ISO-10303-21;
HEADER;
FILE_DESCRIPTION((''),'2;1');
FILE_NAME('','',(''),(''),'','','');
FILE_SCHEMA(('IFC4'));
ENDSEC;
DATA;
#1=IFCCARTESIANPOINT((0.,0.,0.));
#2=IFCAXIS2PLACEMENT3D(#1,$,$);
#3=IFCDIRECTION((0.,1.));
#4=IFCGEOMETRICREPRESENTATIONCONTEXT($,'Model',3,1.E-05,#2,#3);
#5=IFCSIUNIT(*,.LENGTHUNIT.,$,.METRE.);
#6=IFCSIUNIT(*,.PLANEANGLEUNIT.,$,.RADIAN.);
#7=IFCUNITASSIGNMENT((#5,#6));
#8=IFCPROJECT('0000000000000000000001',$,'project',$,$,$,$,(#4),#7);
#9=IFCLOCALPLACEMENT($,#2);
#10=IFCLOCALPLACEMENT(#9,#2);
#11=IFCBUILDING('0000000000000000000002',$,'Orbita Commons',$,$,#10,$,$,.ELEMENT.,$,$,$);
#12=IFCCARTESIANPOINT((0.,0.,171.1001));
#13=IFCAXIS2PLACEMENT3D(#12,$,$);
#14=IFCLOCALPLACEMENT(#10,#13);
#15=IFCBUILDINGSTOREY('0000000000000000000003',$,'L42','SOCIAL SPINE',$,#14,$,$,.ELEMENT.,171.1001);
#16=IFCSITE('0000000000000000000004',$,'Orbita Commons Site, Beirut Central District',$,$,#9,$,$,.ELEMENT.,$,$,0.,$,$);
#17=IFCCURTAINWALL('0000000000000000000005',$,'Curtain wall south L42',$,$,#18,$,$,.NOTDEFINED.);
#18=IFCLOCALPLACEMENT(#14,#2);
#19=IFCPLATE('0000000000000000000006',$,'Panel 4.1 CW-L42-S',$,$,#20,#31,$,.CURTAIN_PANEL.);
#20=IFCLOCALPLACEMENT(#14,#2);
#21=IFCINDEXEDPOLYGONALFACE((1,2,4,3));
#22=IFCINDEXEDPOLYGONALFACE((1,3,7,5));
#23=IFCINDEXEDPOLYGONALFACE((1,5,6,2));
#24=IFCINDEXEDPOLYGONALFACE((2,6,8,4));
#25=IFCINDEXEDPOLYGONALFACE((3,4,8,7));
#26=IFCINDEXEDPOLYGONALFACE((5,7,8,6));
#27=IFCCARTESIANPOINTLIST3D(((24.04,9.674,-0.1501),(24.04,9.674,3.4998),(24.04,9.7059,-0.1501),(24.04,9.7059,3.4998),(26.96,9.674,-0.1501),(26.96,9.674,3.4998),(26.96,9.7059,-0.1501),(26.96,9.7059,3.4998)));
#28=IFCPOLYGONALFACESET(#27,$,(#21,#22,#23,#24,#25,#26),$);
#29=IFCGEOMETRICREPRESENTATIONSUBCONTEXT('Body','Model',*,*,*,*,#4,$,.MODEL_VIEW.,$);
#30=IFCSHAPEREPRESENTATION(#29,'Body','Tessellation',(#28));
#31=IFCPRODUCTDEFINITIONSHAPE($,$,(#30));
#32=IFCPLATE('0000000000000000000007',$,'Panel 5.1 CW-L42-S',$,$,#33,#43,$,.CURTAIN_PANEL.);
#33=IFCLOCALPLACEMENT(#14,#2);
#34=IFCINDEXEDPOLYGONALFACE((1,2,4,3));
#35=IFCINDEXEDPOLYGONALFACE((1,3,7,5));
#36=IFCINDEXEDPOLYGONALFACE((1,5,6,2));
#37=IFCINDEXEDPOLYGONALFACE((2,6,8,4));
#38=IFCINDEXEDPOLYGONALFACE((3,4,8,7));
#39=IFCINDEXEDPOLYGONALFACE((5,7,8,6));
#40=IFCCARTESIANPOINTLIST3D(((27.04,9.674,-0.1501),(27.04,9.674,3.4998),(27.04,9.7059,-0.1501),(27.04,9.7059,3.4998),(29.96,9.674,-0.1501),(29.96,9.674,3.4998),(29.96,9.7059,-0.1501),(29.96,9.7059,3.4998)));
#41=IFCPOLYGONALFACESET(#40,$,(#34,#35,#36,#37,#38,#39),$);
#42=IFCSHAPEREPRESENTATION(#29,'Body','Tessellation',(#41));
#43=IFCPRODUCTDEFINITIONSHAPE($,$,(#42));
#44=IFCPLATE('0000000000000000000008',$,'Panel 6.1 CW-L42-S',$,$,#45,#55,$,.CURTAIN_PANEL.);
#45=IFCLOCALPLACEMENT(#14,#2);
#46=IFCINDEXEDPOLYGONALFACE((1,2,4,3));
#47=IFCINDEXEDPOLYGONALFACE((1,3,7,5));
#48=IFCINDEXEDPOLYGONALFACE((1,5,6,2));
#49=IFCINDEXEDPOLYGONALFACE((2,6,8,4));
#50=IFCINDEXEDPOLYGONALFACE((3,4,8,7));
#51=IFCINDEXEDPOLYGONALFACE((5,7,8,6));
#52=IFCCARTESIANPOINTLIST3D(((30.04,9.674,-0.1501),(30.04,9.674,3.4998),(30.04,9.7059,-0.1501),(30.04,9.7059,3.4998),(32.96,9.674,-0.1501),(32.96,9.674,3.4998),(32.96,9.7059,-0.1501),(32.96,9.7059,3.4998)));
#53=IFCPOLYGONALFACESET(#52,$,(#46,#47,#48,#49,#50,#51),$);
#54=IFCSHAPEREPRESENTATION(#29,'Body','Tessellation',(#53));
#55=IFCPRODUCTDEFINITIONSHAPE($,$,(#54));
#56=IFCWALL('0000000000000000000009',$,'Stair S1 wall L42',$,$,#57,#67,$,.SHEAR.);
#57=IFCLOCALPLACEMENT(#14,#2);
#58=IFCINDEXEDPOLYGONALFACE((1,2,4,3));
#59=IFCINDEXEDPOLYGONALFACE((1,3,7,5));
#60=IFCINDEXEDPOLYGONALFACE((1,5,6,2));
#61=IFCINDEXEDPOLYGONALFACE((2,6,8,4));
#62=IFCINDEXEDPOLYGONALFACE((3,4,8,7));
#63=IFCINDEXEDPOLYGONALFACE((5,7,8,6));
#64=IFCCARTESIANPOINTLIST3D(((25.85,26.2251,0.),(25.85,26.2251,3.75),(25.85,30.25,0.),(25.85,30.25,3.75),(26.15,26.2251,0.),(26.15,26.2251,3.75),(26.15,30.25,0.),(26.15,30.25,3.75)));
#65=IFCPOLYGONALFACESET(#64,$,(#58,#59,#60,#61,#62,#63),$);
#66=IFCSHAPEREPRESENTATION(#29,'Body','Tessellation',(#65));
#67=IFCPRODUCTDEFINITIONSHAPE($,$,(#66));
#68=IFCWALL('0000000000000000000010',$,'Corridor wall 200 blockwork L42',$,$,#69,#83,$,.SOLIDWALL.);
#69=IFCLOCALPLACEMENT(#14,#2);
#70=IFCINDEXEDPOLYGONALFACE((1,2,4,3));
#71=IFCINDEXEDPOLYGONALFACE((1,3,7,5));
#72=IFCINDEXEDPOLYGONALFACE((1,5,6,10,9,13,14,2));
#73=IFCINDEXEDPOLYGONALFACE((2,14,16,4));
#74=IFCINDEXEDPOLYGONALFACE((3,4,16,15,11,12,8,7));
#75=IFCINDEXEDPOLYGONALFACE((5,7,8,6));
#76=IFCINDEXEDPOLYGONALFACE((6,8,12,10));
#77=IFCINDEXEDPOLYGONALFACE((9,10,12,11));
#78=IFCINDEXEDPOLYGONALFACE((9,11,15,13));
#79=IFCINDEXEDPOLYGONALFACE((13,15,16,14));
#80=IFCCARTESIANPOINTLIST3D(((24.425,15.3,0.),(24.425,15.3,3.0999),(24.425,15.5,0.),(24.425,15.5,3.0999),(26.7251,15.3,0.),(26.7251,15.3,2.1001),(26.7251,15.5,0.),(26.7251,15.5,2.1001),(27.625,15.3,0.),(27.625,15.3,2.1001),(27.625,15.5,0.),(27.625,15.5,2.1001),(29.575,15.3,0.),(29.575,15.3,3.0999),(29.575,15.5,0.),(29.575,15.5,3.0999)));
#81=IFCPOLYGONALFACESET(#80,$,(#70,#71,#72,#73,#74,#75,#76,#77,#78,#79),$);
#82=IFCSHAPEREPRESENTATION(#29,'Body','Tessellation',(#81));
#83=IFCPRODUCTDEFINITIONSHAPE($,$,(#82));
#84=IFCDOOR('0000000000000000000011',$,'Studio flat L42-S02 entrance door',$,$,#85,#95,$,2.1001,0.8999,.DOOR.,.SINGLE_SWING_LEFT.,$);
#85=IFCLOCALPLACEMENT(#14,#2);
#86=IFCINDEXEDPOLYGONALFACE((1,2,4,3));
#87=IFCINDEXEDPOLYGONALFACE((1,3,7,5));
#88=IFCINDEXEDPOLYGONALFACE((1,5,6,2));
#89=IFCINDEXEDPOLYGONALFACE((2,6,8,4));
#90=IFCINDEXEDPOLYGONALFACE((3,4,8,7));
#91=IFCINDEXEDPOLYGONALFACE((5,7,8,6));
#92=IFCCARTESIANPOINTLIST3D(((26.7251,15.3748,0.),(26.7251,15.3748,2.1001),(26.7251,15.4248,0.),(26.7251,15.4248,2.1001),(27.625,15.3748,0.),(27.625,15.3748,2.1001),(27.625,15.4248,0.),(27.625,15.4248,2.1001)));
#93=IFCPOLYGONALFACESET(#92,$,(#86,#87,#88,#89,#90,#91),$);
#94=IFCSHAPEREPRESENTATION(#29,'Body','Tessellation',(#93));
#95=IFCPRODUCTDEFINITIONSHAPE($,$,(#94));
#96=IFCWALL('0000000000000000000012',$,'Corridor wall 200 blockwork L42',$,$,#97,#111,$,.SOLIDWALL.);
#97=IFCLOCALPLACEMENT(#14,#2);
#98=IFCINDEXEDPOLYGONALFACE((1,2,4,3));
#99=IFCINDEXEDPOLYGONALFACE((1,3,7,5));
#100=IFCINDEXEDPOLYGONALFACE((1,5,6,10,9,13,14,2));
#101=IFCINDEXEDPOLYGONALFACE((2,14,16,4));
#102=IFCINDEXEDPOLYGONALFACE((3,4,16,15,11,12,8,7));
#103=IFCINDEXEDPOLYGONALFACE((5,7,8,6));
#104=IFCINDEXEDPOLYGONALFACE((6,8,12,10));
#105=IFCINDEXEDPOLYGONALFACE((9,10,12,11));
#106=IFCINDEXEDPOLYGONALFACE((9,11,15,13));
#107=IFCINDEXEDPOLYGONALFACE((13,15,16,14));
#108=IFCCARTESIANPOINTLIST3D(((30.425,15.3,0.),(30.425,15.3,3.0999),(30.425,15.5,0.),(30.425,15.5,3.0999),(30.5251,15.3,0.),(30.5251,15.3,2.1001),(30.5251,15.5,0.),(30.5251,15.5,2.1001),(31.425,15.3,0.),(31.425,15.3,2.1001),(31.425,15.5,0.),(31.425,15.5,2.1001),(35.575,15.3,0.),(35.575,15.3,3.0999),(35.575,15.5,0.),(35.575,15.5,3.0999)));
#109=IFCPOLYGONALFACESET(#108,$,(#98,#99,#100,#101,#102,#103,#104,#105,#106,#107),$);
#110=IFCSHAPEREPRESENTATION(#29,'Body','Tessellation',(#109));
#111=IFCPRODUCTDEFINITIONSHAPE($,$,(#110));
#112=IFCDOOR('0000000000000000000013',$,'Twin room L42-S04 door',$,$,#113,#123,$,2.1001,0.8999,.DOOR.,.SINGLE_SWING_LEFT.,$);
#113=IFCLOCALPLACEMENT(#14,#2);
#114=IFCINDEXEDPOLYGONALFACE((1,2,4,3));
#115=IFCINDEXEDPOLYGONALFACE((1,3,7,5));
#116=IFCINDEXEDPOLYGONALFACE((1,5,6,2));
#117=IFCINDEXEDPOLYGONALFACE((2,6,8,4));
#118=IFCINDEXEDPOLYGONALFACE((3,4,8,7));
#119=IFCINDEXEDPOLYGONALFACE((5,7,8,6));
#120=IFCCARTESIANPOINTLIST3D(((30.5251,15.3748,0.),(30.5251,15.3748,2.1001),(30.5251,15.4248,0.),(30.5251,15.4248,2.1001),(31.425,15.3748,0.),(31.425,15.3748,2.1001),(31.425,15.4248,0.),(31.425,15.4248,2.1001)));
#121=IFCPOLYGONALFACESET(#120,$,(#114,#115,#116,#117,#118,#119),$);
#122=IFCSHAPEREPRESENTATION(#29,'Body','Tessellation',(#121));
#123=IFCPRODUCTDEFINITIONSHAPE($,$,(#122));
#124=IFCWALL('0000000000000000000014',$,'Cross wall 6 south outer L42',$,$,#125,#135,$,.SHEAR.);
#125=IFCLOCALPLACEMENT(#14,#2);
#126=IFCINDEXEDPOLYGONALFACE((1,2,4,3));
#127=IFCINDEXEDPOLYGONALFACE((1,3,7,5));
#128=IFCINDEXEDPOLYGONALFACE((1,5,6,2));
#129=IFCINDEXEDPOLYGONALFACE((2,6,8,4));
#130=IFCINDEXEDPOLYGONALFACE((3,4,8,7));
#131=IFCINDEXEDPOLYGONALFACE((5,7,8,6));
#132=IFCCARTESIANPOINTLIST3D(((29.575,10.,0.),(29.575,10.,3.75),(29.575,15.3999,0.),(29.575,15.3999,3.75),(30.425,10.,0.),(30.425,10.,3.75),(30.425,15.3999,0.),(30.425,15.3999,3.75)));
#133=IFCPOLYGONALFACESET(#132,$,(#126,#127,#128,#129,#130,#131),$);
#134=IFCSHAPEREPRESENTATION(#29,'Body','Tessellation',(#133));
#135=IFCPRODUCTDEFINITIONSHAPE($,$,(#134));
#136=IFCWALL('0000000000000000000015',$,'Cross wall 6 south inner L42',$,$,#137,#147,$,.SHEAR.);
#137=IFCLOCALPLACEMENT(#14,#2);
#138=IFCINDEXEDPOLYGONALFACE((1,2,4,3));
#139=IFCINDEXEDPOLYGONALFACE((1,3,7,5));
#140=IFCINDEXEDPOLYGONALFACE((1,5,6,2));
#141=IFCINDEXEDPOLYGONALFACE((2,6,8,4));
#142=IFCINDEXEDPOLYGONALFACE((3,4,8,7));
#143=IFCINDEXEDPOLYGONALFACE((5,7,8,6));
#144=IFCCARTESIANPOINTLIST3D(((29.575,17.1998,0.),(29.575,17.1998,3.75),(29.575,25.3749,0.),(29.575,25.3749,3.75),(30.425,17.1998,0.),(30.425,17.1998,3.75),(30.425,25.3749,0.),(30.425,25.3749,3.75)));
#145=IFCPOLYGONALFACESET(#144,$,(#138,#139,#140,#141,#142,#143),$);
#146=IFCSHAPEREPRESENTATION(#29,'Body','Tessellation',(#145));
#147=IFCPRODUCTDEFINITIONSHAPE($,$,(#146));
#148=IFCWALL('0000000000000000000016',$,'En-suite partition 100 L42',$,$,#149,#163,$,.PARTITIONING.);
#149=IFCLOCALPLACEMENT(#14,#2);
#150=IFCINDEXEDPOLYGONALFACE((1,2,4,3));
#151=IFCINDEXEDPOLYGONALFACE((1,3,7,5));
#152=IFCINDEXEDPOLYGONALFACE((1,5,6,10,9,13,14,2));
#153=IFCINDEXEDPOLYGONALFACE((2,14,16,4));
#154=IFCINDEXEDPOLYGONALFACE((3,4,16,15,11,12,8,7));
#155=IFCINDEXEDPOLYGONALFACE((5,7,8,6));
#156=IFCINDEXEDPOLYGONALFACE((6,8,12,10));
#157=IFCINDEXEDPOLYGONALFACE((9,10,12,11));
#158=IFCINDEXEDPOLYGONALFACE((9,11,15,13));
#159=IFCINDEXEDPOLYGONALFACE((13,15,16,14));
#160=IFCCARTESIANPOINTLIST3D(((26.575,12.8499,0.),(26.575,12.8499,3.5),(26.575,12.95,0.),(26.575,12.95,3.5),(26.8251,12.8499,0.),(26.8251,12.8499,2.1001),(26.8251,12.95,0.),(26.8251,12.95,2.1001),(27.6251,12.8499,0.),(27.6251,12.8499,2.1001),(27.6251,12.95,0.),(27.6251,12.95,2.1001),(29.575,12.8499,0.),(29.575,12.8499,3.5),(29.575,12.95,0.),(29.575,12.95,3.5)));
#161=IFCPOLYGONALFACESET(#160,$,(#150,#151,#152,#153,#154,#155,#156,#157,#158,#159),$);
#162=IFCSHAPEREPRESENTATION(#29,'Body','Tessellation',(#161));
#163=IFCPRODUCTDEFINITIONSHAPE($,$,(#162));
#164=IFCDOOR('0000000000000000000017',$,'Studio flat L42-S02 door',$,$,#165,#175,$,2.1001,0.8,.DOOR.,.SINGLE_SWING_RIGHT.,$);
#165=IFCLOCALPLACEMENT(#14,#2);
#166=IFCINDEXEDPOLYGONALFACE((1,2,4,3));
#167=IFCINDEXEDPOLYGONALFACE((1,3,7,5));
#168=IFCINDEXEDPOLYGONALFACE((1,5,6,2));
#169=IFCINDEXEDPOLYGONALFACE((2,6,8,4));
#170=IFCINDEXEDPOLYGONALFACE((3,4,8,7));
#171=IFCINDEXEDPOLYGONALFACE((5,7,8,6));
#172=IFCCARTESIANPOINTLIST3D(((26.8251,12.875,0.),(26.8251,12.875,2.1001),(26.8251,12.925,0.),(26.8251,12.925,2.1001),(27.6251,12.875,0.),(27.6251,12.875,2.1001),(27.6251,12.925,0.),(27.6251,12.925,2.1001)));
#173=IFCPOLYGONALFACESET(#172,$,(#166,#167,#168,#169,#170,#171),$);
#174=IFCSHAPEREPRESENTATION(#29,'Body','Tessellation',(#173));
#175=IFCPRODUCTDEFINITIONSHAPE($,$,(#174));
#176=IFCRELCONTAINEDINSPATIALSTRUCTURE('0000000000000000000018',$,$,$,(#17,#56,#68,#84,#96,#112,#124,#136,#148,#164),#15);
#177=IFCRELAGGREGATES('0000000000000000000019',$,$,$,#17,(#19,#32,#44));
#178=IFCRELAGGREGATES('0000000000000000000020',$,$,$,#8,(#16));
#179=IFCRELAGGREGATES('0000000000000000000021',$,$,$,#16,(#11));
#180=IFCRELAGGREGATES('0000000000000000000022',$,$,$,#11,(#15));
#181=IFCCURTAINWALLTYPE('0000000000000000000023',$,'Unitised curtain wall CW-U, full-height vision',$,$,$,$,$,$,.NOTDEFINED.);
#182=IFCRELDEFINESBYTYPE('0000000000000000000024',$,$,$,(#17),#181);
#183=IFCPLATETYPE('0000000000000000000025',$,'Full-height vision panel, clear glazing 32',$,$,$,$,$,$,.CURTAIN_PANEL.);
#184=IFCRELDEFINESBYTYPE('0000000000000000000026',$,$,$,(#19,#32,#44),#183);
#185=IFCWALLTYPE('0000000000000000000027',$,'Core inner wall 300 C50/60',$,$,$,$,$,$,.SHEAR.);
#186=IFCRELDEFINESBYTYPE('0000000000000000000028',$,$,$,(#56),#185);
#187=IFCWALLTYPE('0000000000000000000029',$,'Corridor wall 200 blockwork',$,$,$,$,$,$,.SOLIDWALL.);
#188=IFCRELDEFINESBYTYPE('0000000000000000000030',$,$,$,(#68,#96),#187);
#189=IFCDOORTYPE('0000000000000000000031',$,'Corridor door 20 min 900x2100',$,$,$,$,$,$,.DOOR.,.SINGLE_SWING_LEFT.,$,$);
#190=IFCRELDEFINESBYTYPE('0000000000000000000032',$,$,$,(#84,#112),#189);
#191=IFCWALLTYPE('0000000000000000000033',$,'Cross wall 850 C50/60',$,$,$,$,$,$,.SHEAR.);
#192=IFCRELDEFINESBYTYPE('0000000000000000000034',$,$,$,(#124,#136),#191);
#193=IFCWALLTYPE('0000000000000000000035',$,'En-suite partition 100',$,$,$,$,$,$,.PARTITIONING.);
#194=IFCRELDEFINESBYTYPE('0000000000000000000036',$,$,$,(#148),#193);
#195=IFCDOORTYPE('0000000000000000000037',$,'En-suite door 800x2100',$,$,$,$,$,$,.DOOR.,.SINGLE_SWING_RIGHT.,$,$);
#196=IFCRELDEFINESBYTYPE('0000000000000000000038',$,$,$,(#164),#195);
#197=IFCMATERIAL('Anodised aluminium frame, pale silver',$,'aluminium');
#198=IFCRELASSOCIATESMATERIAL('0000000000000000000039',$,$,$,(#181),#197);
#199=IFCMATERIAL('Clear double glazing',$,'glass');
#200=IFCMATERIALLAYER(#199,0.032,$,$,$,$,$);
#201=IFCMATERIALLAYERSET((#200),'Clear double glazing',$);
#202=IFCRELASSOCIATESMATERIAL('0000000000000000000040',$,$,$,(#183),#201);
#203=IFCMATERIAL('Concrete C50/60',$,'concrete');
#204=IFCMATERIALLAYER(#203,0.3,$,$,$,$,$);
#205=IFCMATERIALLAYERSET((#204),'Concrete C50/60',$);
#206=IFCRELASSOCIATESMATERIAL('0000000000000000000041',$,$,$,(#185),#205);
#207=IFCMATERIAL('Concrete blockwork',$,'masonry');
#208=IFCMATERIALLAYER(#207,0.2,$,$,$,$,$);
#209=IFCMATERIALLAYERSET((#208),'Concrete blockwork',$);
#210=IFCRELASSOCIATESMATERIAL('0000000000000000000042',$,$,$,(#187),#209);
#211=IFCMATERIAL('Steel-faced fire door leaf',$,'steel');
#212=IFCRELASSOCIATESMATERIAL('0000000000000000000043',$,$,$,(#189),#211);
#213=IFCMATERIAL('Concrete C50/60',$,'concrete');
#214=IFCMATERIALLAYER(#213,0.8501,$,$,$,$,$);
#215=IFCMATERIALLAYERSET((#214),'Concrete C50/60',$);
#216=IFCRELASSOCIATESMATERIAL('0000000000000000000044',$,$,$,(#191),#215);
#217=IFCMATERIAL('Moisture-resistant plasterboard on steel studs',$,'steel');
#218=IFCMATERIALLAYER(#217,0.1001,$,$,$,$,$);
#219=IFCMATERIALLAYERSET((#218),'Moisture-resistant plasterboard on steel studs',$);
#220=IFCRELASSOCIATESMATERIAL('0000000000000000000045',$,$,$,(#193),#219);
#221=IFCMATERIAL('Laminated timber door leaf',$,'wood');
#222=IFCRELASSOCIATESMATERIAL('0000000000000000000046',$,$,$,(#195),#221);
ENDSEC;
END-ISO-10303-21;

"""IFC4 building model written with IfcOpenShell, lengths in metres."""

from ifc_helpers import new_model, si_unit, direction, frame, frame_2d, origin, origin_2d, place, context, subcontext, project, spatial, polyline, rectangle, outline, extrude, material, layer, layer_set, type_object, element, fill, aggregate, save


model = new_model("IFC4")

# Units and contexts
model_context = context("Model", 3, precision=1e-05, world=origin(), true_north=direction((0.0, 1.0)))
body_context = subcontext(model_context, "Body", "Model", "MODEL_VIEW")
ifc_project = project(units=[si_unit("LENGTHUNIT", "METRE"), si_unit("PLANEANGLEUNIT", "RADIAN")], contexts=[model_context])

# Site, building, storey
site_placement = place(None, origin())
site = spatial("IfcSite", under=ifc_project, at=site_placement, Name="Orbita Commons Site, Beirut Central District", CompositionType="ELEMENT", RefElevation=0.0)
building_placement = place(site_placement, origin())
building = spatial("IfcBuilding", under=site, at=building_placement, Name="Orbita Commons", CompositionType="ELEMENT")
storey_placement = place(building_placement, frame((0.0, 0.0, 171.1001)))
storey = spatial("IfcBuildingStorey", under=building, at=storey_placement, Name="L42", Description="SOCIAL SPINE", CompositionType="ELEMENT", Elevation=171.1001)

# Curtain wall
ifc_material_1 = material(Name="Anodised aluminium frame, pale silver", Category="aluminium")
curtain_wall_type = type_object("IfcCurtainWallType", Name="Unitised curtain wall CW-U, full-height vision", PredefinedType="NOTDEFINED", material=ifc_material_1)
curtain_wall_placement = place(storey_placement, origin())
curtain_wall = element("IfcCurtainWall", 1, at=curtain_wall_placement, inside=storey, type_object=curtain_wall_type, Name="Curtain wall south L42", PredefinedType="NOTDEFINED")

# Plates
ifc_material_2 = material(Name="Clear double glazing", Category="glass")
ifc_layer_1 = layer(ifc_material_2, 0.032)
ifc_layer_set_1 = layer_set([ifc_layer_1], Name="Clear double glazing")
plate_type = type_object("IfcPlateType", Name="Full-height vision panel, clear glazing 32", PredefinedType="CURTAIN_PANEL", material=ifc_layer_set_1)
plate_1_placement = place(storey_placement, frame((25.5, 9.6899, -0.1501), z_axis=(0.0, 0.0, 1.0), x_axis=(1.0, 0.0, 0.0)))
plate_1 = element("IfcPlate", 2, at=plate_1_placement, type_object=plate_type, Name="Panel 4.1 CW-L42-S", PredefinedType="CURTAIN_PANEL", context=body_context, shape_type="SweptSolid", body=[
    extrude(rectangle(XDim=2.9199, YDim=0.032, at=origin_2d()), origin(), (0.0, 0.0, 1.0), 3.6499),
])
plate_2_placement = place(storey_placement, frame((28.5, 9.6899, -0.1501), z_axis=(0.0, 0.0, 1.0), x_axis=(1.0, 0.0, 0.0)))
plate_2 = element("IfcPlate", 3, at=plate_2_placement, type_object=plate_type, Name="Panel 5.1 CW-L42-S", PredefinedType="CURTAIN_PANEL", context=body_context, shape_type="SweptSolid", body=[
    extrude(rectangle(XDim=2.9199, YDim=0.032, at=origin_2d()), origin(), (0.0, 0.0, 1.0), 3.6499),
])
plate_3_placement = place(storey_placement, frame((31.5, 9.6899, -0.1501), z_axis=(0.0, 0.0, 1.0), x_axis=(1.0, 0.0, 0.0)))
plate_3 = element("IfcPlate", 4, at=plate_3_placement, type_object=plate_type, Name="Panel 6.1 CW-L42-S", PredefinedType="CURTAIN_PANEL", context=body_context, shape_type="SweptSolid", body=[
    extrude(rectangle(XDim=2.9199, YDim=0.032, at=origin_2d()), origin(), (0.0, 0.0, 1.0), 3.6499),
])
aggregate(curtain_wall, [plate_1, plate_2, plate_3])

# Wall
ifc_material_3 = material(Name="Concrete C50/60", Category="concrete")
ifc_layer_2 = layer(ifc_material_3, 0.3)
ifc_layer_set_2 = layer_set([ifc_layer_2], Name="Concrete C50/60")
wall_type_1 = type_object("IfcWallType", Name="Core inner wall 300 C50/60", PredefinedType="SHEAR", material=ifc_layer_set_2)
wall_1_placement = place(storey_placement, frame((26.0, 26.2251, 0.0), z_axis=(0.0, 0.0, 1.0), x_axis=(0.0, 1.0, 0.0)))
element("IfcWall", 5, at=wall_1_placement, inside=storey, type_object=wall_type_1, Name="Stair S1 wall L42", PredefinedType="SHEAR", context=body_context, shape_type="SweptSolid", body=[
    extrude(rectangle(XDim=4.0249, YDim=0.3, at=frame_2d((2.0125, 0.0))), origin(), (0.0, 0.0, 1.0), 3.75),
])

# Walls, openings, doors
ifc_material_4 = material(Name="Concrete blockwork", Category="masonry")
ifc_layer_3 = layer(ifc_material_4, 0.2)
ifc_layer_set_3 = layer_set([ifc_layer_3], Name="Concrete blockwork")
wall_type_2 = type_object("IfcWallType", Name="Corridor wall 200 blockwork", PredefinedType="SOLIDWALL", material=ifc_layer_set_3)
wall_2_placement = place(storey_placement, frame((24.425, 15.3999, 0.0), z_axis=(0.0, 0.0, 1.0), x_axis=(1.0, 0.0, 0.0)))
wall_2 = element("IfcWall", 6, at=wall_2_placement, inside=storey, type_object=wall_type_2, Name="Corridor wall 200 blockwork L42", PredefinedType="SOLIDWALL", context=body_context, shape_type="SweptSolid", body=[
    extrude(outline(polyline([(0.0, 0.0), (5.1499, 0.0), (5.1499, 3.0999), (0.0, 3.0999), (0.0, 0.0)])), frame((0.0, 0.1001, 0.0), z_axis=(0.0, -1.0, 0.0), x_axis=(1.0, 0.0, 0.0)), (0.0, 0.0, 1.0), 0.2),
])
opening_1_placement = place(wall_2_placement, frame((2.3, 0.0, 0.0)))
opening_1 = element("IfcOpeningElement", 7, at=opening_1_placement, cuts=wall_2, PredefinedType="OPENING", context=body_context, shape_type="SweptSolid", body=[
    extrude(rectangle(XDim=0.8999, YDim=2.1001, at=frame_2d((0.45, 1.05))), frame((0.0, 0.1099, 0.0), z_axis=(0.0, -1.0, 0.0), x_axis=(1.0, 0.0, 0.0)), (0.0, 0.0, 1.0), 0.22),
])
ifc_material_5 = material(Name="Steel-faced fire door leaf", Category="steel")
door_type_1 = type_object("IfcDoorType", Name="Corridor door 20 min 900x2100", OperationType="SINGLE_SWING_LEFT", PredefinedType="DOOR", material=ifc_material_5)
door_1_placement = place(opening_1_placement, origin())
door_1 = element("IfcDoor", 8, at=door_1_placement, inside=storey, type_object=door_type_1, Name="Studio flat L42-S02 entrance door", OperationType="SINGLE_SWING_LEFT", OverallHeight=2.1001, OverallWidth=0.8999, PredefinedType="DOOR", context=body_context, shape_type="SweptSolid", body=[
    extrude(rectangle(XDim=0.8999, YDim=2.1001, at=frame_2d((0.45, 1.05))), frame((0.0, 0.0249, 0.0), z_axis=(0.0, -1.0, 0.0), x_axis=(1.0, 0.0, 0.0)), (0.0, 0.0, 1.0), 0.05),
])
fill(opening_1, door_1)
wall_3_placement = place(storey_placement, frame((30.425, 15.3999, 0.0), z_axis=(0.0, 0.0, 1.0), x_axis=(1.0, 0.0, 0.0)))
wall_3 = element("IfcWall", 9, at=wall_3_placement, inside=storey, type_object=wall_type_2, Name="Corridor wall 200 blockwork L42", PredefinedType="SOLIDWALL", context=body_context, shape_type="SweptSolid", body=[
    extrude(outline(polyline([(0.0, 0.0), (5.1499, 0.0), (5.1499, 3.0999), (0.0, 3.0999), (0.0, 0.0)])), frame((0.0, 0.1001, 0.0), z_axis=(0.0, -1.0, 0.0), x_axis=(1.0, 0.0, 0.0)), (0.0, 0.0, 1.0), 0.2),
])
opening_2_placement = place(wall_3_placement, frame((0.1001, 0.0, 0.0)))
opening_2 = element("IfcOpeningElement", 10, at=opening_2_placement, cuts=wall_3, PredefinedType="OPENING", context=body_context, shape_type="SweptSolid", body=[
    extrude(rectangle(XDim=0.8999, YDim=2.1001, at=frame_2d((0.45, 1.05))), frame((0.0, 0.1099, 0.0), z_axis=(0.0, -1.0, 0.0), x_axis=(1.0, 0.0, 0.0)), (0.0, 0.0, 1.0), 0.22),
])
door_2_placement = place(opening_2_placement, origin())
door_2 = element("IfcDoor", 11, at=door_2_placement, inside=storey, type_object=door_type_1, Name="Twin room L42-S04 door", OperationType="SINGLE_SWING_LEFT", OverallHeight=2.1001, OverallWidth=0.8999, PredefinedType="DOOR", context=body_context, shape_type="SweptSolid", body=[
    extrude(rectangle(XDim=0.8999, YDim=2.1001, at=frame_2d((0.45, 1.05))), frame((0.0, 0.0249, 0.0), z_axis=(0.0, -1.0, 0.0), x_axis=(1.0, 0.0, 0.0)), (0.0, 0.0, 1.0), 0.05),
])
fill(opening_2, door_2)

# Walls
ifc_material_6 = material(Name="Concrete C50/60", Category="concrete")
ifc_layer_4 = layer(ifc_material_6, 0.8501)
ifc_layer_set_4 = layer_set([ifc_layer_4], Name="Concrete C50/60")
wall_type_3 = type_object("IfcWallType", Name="Cross wall 850 C50/60", PredefinedType="SHEAR", material=ifc_layer_set_4)
wall_4_placement = place(storey_placement, frame((30.0, 10.0, 0.0), z_axis=(0.0, 0.0, 1.0), x_axis=(0.0, 1.0, 0.0)))
element("IfcWall", 12, at=wall_4_placement, inside=storey, type_object=wall_type_3, Name="Cross wall 6 south outer L42", PredefinedType="SHEAR", context=body_context, shape_type="SweptSolid", body=[
    extrude(rectangle(XDim=5.3999, YDim=0.8501, at=frame_2d((2.7, 0.0))), origin(), (0.0, 0.0, 1.0), 3.75),
])
wall_5_placement = place(storey_placement, frame((30.0, 17.2, 0.0), z_axis=(0.0, 0.0, 1.0), x_axis=(0.0, 1.0, 0.0)))
element("IfcWall", 13, at=wall_5_placement, inside=storey, type_object=wall_type_3, Name="Cross wall 6 south inner L42", PredefinedType="SHEAR", context=body_context, shape_type="SweptSolid", body=[
    extrude(rectangle(XDim=8.175, YDim=0.8501, at=frame_2d((4.0874, 0.0))), origin(), (0.0, 0.0, 1.0), 3.75),
])

# Wall, opening, door
ifc_material_7 = material(Name="Moisture-resistant plasterboard on steel studs", Category="steel")
ifc_layer_5 = layer(ifc_material_7, 0.1001)
ifc_layer_set_5 = layer_set([ifc_layer_5], Name="Moisture-resistant plasterboard on steel studs")
wall_type_4 = type_object("IfcWallType", Name="En-suite partition 100", PredefinedType="PARTITIONING", material=ifc_layer_set_5)
wall_6_placement = place(storey_placement, frame((29.575, 12.8999, 0.0), z_axis=(0.0, 0.0, 1.0), x_axis=(-1.0, 0.0, 0.0)))
wall_6 = element("IfcWall", 14, at=wall_6_placement, inside=storey, type_object=wall_type_4, Name="En-suite partition 100 L42", PredefinedType="PARTITIONING", context=body_context, shape_type="SweptSolid", body=[
    extrude(rectangle(XDim=3.0, YDim=0.1001, at=frame_2d((1.5, 0.0))), origin(), (0.0, 0.0, 1.0), 3.5),
])
opening_3_placement = place(wall_6_placement, frame((1.95, 0.0, 0.0)))
opening_3 = element("IfcOpeningElement", 15, at=opening_3_placement, cuts=wall_6, PredefinedType="OPENING", context=body_context, shape_type="SweptSolid", body=[
    extrude(rectangle(XDim=0.8, YDim=2.1001, at=frame_2d((0.3999, 1.05))), frame((0.0, 0.0601, 0.0), z_axis=(0.0, -1.0, 0.0), x_axis=(1.0, 0.0, 0.0)), (0.0, 0.0, 1.0), 0.1201),
])
ifc_material_8 = material(Name="Laminated timber door leaf", Category="wood")
door_type_2 = type_object("IfcDoorType", Name="En-suite door 800x2100", OperationType="SINGLE_SWING_RIGHT", PredefinedType="DOOR", material=ifc_material_8)
door_3_placement = place(opening_3_placement, origin())
door_3 = element("IfcDoor", 16, at=door_3_placement, inside=storey, type_object=door_type_2, Name="Studio flat L42-S02 door", OperationType="SINGLE_SWING_RIGHT", OverallHeight=2.1001, OverallWidth=0.8, PredefinedType="DOOR", context=body_context, shape_type="SweptSolid", body=[
    extrude(rectangle(XDim=0.8, YDim=2.1001, at=frame_2d((0.3999, 1.05))), frame((0.0, 0.0249, 0.0), z_axis=(0.0, -1.0, 0.0), x_axis=(1.0, 0.0, 0.0)), (0.0, 0.0, 1.0), 0.05),
])
fill(opening_3, door_3)

save(model, "model.ifc")
